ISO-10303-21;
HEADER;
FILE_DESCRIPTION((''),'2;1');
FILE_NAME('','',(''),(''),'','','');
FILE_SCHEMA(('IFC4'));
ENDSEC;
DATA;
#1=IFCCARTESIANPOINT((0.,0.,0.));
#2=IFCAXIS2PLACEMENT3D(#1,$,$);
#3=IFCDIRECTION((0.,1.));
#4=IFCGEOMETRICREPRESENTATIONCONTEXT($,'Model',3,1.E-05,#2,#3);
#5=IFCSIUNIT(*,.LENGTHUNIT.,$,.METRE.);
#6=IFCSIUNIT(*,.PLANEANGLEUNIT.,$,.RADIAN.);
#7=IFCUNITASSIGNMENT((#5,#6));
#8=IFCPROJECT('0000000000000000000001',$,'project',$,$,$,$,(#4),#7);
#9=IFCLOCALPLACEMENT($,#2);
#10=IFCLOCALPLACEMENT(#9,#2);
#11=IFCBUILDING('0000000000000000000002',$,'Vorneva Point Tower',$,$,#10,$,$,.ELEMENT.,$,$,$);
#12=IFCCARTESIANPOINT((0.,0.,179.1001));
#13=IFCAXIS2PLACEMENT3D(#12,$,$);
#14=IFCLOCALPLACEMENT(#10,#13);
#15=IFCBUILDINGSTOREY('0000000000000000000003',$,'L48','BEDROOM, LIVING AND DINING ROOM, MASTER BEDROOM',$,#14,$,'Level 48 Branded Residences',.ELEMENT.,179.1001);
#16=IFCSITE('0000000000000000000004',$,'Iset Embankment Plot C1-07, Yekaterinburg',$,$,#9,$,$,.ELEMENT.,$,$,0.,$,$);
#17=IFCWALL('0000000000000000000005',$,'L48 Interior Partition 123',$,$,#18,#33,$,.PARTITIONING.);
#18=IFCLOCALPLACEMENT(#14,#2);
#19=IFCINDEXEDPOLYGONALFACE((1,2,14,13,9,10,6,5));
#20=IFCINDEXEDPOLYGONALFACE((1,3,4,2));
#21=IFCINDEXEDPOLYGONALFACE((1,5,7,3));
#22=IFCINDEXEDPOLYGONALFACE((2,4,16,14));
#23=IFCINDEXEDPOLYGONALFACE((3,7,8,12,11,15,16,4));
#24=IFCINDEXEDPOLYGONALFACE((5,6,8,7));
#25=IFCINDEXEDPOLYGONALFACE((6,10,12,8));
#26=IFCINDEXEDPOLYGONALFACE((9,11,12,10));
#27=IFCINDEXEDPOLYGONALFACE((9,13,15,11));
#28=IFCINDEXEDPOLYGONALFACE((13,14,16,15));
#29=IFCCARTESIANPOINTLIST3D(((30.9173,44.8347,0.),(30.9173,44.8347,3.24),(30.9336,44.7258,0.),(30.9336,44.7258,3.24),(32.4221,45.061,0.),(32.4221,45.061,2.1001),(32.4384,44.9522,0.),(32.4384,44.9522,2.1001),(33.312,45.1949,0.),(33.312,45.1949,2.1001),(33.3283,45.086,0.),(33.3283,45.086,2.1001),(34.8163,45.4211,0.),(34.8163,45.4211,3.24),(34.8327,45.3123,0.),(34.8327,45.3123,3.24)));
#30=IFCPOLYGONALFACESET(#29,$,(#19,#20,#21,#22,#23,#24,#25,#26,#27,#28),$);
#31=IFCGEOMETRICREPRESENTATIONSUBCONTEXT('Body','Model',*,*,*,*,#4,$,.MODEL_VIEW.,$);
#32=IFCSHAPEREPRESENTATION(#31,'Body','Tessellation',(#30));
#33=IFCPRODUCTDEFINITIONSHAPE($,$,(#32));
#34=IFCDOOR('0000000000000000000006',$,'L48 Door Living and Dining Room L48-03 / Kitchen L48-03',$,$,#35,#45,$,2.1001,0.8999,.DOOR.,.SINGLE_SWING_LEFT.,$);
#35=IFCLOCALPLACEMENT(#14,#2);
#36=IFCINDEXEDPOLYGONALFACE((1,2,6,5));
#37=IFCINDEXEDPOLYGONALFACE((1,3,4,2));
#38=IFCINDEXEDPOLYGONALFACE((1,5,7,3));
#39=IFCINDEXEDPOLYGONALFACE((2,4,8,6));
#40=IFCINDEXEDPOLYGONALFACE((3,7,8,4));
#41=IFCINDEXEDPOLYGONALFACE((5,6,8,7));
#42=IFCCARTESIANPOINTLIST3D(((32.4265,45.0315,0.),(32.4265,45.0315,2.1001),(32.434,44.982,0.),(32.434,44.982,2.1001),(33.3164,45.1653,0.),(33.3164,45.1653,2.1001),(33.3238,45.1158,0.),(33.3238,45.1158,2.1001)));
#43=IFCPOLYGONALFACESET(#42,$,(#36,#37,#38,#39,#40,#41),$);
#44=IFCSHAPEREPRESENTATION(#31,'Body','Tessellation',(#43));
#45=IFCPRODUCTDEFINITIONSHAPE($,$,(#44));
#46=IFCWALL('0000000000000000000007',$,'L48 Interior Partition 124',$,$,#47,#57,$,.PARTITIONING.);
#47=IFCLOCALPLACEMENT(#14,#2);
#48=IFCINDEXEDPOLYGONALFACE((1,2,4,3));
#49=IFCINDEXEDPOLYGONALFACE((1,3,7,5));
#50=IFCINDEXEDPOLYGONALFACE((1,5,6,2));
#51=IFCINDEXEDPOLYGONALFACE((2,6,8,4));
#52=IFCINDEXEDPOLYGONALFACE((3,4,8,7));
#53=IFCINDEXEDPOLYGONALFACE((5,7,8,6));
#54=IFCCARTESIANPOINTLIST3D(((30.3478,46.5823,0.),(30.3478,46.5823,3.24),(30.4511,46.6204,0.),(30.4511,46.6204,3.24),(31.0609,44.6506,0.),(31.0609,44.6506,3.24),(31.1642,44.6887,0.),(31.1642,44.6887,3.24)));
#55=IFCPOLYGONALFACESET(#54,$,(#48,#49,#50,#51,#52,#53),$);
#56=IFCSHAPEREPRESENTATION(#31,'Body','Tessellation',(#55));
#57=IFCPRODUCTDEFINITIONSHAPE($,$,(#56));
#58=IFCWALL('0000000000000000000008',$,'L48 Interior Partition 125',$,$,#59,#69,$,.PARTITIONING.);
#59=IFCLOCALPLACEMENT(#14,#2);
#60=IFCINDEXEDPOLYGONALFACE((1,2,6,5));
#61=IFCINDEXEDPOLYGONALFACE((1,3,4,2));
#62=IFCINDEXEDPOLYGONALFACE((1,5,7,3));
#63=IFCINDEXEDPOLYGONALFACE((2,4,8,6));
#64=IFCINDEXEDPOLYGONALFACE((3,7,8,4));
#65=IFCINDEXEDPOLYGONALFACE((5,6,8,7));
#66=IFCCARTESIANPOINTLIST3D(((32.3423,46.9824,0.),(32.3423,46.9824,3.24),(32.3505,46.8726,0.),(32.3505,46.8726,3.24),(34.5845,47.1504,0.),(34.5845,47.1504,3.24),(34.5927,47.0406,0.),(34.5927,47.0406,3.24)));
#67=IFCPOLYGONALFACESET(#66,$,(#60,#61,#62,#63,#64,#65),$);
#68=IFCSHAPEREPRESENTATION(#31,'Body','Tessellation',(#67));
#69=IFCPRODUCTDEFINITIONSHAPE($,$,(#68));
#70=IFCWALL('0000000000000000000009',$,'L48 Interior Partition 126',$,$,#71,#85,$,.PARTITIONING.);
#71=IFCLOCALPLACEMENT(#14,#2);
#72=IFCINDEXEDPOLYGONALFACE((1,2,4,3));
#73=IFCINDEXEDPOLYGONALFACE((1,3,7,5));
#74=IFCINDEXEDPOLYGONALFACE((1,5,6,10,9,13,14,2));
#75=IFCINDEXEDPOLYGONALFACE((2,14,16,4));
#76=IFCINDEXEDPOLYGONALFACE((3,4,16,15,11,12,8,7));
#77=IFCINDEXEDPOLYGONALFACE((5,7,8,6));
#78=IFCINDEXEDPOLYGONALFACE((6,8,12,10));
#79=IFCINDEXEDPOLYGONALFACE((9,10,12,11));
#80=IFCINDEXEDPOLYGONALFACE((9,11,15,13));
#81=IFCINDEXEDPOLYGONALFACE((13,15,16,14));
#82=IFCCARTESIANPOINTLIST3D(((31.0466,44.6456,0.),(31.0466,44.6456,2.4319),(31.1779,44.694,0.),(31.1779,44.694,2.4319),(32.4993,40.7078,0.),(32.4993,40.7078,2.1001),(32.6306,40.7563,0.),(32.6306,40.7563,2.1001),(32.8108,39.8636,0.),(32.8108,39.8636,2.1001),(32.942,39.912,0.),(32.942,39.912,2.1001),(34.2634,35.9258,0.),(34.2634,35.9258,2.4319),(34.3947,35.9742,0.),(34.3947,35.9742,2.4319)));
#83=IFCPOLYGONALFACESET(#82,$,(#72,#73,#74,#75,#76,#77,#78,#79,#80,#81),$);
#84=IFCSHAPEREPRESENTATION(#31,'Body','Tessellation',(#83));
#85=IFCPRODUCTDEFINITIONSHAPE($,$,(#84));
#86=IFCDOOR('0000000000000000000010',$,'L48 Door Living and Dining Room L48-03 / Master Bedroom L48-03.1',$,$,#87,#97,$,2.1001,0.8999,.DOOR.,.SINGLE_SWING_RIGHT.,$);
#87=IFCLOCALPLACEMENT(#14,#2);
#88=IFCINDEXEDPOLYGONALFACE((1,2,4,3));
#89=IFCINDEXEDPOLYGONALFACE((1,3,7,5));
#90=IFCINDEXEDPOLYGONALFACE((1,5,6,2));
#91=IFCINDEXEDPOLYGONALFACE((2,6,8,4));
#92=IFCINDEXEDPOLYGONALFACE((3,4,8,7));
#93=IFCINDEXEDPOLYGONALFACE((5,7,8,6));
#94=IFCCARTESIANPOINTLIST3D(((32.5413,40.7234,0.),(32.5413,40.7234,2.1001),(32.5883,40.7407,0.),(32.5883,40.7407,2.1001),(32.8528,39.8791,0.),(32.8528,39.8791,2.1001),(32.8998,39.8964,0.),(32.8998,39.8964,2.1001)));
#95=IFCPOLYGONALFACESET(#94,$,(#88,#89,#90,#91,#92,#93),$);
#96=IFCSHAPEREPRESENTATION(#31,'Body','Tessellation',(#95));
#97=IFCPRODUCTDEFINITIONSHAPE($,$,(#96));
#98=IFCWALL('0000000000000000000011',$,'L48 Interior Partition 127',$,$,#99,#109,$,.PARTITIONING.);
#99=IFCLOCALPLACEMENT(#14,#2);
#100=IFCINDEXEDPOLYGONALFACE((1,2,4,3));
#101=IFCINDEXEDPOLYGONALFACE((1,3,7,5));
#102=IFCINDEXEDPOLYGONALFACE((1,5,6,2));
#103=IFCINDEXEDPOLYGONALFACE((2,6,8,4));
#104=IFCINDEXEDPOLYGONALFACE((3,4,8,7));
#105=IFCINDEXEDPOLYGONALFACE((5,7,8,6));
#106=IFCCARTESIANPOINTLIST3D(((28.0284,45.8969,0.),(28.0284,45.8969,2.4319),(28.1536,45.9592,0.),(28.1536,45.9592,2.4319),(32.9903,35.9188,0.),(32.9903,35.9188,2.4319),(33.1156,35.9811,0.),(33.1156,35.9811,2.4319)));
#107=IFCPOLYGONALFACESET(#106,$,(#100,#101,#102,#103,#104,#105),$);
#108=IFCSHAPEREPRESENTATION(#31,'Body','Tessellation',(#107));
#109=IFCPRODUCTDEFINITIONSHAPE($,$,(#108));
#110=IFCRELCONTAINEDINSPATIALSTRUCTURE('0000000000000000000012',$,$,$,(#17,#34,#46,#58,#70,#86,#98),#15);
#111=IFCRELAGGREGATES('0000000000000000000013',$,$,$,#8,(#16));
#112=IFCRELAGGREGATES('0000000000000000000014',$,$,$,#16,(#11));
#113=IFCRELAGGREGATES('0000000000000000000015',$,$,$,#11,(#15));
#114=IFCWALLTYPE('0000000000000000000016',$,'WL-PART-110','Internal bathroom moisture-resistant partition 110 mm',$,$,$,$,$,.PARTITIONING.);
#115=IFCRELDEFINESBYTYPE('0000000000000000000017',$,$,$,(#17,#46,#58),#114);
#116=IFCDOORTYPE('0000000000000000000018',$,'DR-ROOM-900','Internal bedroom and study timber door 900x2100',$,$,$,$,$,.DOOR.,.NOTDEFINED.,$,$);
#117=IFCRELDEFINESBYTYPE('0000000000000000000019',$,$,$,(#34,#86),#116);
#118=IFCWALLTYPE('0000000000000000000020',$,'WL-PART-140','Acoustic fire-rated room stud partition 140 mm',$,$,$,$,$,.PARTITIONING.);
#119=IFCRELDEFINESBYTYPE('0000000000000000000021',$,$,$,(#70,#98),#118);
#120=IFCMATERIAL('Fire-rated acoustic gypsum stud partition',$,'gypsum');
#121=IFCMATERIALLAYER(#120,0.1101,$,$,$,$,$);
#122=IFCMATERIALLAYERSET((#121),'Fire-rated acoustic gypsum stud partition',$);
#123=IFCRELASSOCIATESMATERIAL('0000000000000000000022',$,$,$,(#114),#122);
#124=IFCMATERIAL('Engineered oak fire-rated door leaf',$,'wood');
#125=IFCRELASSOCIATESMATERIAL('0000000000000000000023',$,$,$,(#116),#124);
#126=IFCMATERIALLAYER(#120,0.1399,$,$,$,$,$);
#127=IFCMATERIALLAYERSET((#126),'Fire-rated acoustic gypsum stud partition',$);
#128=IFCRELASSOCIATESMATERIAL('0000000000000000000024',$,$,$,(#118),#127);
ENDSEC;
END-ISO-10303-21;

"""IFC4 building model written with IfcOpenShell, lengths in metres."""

from ifc_helpers import new_model, si_unit, direction, frame, frame_2d, origin, place, context, subcontext, project, spatial, rectangle, extrude, material, layer, layer_set, type_object, element, fill, save


model = new_model("IFC4")

# Units and contexts
model_context = context("Model", 3, precision=1e-05, world=origin(), true_north=direction((0.0, 1.0)))
body_context = subcontext(model_context, "Body", "Model", "MODEL_VIEW")
ifc_project = project(units=[si_unit("LENGTHUNIT", "METRE"), si_unit("PLANEANGLEUNIT", "RADIAN")], contexts=[model_context])

# Site, building, storey
site_placement = place(None, origin())
site = spatial("IfcSite", under=ifc_project, at=site_placement, Name="Iset Embankment Plot C1-07, Yekaterinburg", CompositionType="ELEMENT", RefElevation=0.0)
building_placement = place(site_placement, origin())
building = spatial("IfcBuilding", under=site, at=building_placement, Name="Vorneva Point Tower", CompositionType="ELEMENT")
storey_placement = place(building_placement, frame((0.0, 0.0, 179.1001)))
storey = spatial("IfcBuildingStorey", under=building, at=storey_placement, Name="L48", Description="BEDROOM, LIVING AND DINING ROOM, MASTER BEDROOM", LongName="Level 48 Branded Residences", CompositionType="ELEMENT", Elevation=179.1001)

# Shared definitions
ifc_material_1 = material(Name="Fire-rated acoustic gypsum stud partition", Category="gypsum")
ifc_layer_1 = layer(ifc_material_1, 0.1101)
ifc_layer_set_1 = layer_set([ifc_layer_1], Name="Fire-rated acoustic gypsum stud partition")
wall_type_1 = type_object("IfcWallType", Name="WL-PART-110", Description="Internal bathroom moisture-resistant partition 110 mm", PredefinedType="PARTITIONING", material=ifc_layer_set_1)

# Wall, opening, door
wall_1_placement = place(storey_placement, frame((34.8245, 45.3667, 0.0), z_axis=(0.0, 0.0, 1.0), x_axis=(-0.988877, -0.148734, 0.0)))
wall_1 = element("IfcWall", 1, at=wall_1_placement, inside=storey, type_object=wall_type_1, Name="L48 Interior Partition 123", PredefinedType="PARTITIONING", context=body_context, shape_type="SweptSolid", body=[
    extrude(rectangle(XDim=3.9429, YDim=0.1101, at=frame_2d((1.9714, 0.0))), origin(), (0.0, 0.0, 1.0), 3.24),
])
opening_1_placement = place(wall_1_placement, frame((1.5212, 0.0, 0.0)))
opening_1 = element("IfcOpeningElement", 2, at=opening_1_placement, cuts=wall_1, PredefinedType="OPENING", context=body_context, shape_type="SweptSolid", body=[
    extrude(rectangle(XDim=0.8999, YDim=2.1001, at=frame_2d((0.45, 1.05))), frame((0.0, 0.0698, 0.0), z_axis=(0.0, -1.0, 0.0), x_axis=(1.0, 0.0, 0.0)), (0.0, 0.0, 1.0), 0.1399),
])
ifc_material_2 = material(Name="Engineered oak fire-rated door leaf", Category="wood")
door_type = type_object("IfcDoorType", Name="DR-ROOM-900", Description="Internal bedroom and study timber door 900x2100", OperationType="NOTDEFINED", PredefinedType="DOOR", material=ifc_material_2)
door_1_placement = place(opening_1_placement, origin())
door_1 = element("IfcDoor", 3, at=door_1_placement, inside=storey, type_object=door_type, Name="L48 Door Living and Dining Room L48-03 / Kitchen L48-03", OperationType="SINGLE_SWING_LEFT", OverallHeight=2.1001, OverallWidth=0.8999, PredefinedType="DOOR", context=body_context, shape_type="SweptSolid", body=[
    extrude(rectangle(XDim=0.8999, YDim=2.1001, at=frame_2d((0.45, 1.05))), frame((0.0, 0.0249, 0.0), z_axis=(0.0, -1.0, 0.0), x_axis=(1.0, 0.0, 0.0)), (0.0, 0.0, 1.0), 0.05),
])
fill(opening_1, door_1)

# Walls
wall_2_placement = place(storey_placement, frame((31.1125, 44.6697, 0.0), z_axis=(0.0, 0.0, 1.0), x_axis=(-0.346337, 0.93811, 0.0)))
element("IfcWall", 4, at=wall_2_placement, inside=storey, type_object=wall_type_1, Name="L48 Interior Partition 124", PredefinedType="PARTITIONING", context=body_context, shape_type="SweptSolid", body=[
    extrude(rectangle(XDim=2.0591, YDim=0.1101, at=frame_2d((1.0295, 0.0))), origin(), (0.0, 0.0, 1.0), 3.24),
])
wall_3_placement = place(storey_placement, frame((34.5886, 47.0955, 0.0), z_axis=(0.0, 0.0, 1.0), x_axis=(-0.997206, -0.074704, 0.0)))
element("IfcWall", 5, at=wall_3_placement, inside=storey, type_object=wall_type_1, Name="L48 Interior Partition 125", PredefinedType="PARTITIONING", context=body_context, shape_type="SweptSolid", body=[
    extrude(rectangle(XDim=2.2485, YDim=0.1101, at=frame_2d((1.1243, 0.0))), origin(), (0.0, 0.0, 1.0), 3.24),
])

# Wall, opening, door
ifc_layer_2 = layer(ifc_material_1, 0.1399)
ifc_layer_set_2 = layer_set([ifc_layer_2], Name="Fire-rated acoustic gypsum stud partition")
wall_type_2 = type_object("IfcWallType", Name="WL-PART-140", Description="Acoustic fire-rated room stud partition 140 mm", PredefinedType="PARTITIONING", material=ifc_layer_set_2)
wall_4_placement = place(storey_placement, frame((31.1123, 44.6697, 0.0), z_axis=(0.0, 0.0, 1.0), x_axis=(0.346109, -0.938194, 0.0)))
wall_4 = element("IfcWall", 6, at=wall_4_placement, inside=storey, type_object=wall_type_2, Name="L48 Interior Partition 126", PredefinedType="PARTITIONING", context=body_context, shape_type="SweptSolid", body=[
    extrude(rectangle(XDim=9.2942, YDim=0.1399, at=frame_2d((4.647, 0.0))), origin(), (0.0, 0.0, 1.0), 2.4319),
])
opening_2_placement = place(wall_4_placement, frame((4.197, 0.0, 0.0)))
opening_2 = element("IfcOpeningElement", 7, at=opening_2_placement, cuts=wall_4, PredefinedType="OPENING", context=body_context, shape_type="SweptSolid", body=[
    extrude(rectangle(XDim=0.8999, YDim=2.1001, at=frame_2d((0.45, 1.05))), frame((0.0, 0.085, 0.0), z_axis=(0.0, -1.0, 0.0), x_axis=(1.0, 0.0, 0.0)), (0.0, 0.0, 1.0), 0.1697),
])
door_2_placement = place(opening_2_placement, origin())
door_2 = element("IfcDoor", 8, at=door_2_placement, inside=storey, type_object=door_type, Name="L48 Door Living and Dining Room L48-03 / Master Bedroom L48-03.1", OperationType="SINGLE_SWING_RIGHT", OverallHeight=2.1001, OverallWidth=0.8999, PredefinedType="DOOR", context=body_context, shape_type="SweptSolid", body=[
    extrude(rectangle(XDim=0.8999, YDim=2.1001, at=frame_2d((0.45, 1.05))), frame((0.0, 0.0249, 0.0), z_axis=(0.0, -1.0, 0.0), x_axis=(1.0, 0.0, 0.0)), (0.0, 0.0, 1.0), 0.05),
])
fill(opening_2, door_2)

# Wall
wall_5_placement = place(storey_placement, frame((28.0911, 45.928, 0.0), z_axis=(0.0, 0.0, 1.0), x_axis=(0.445267, -0.895398, 0.0)))
element("IfcWall", 9, at=wall_5_placement, inside=storey, type_object=wall_type_2, Name="L48 Interior Partition 127", PredefinedType="PARTITIONING", context=body_context, shape_type="SweptSolid", body=[
    extrude(rectangle(XDim=11.1438, YDim=0.1399, at=frame_2d((5.5718, 0.0))), origin(), (0.0, 0.0, 1.0), 2.4319),
])

save(model, "model.ifc")
